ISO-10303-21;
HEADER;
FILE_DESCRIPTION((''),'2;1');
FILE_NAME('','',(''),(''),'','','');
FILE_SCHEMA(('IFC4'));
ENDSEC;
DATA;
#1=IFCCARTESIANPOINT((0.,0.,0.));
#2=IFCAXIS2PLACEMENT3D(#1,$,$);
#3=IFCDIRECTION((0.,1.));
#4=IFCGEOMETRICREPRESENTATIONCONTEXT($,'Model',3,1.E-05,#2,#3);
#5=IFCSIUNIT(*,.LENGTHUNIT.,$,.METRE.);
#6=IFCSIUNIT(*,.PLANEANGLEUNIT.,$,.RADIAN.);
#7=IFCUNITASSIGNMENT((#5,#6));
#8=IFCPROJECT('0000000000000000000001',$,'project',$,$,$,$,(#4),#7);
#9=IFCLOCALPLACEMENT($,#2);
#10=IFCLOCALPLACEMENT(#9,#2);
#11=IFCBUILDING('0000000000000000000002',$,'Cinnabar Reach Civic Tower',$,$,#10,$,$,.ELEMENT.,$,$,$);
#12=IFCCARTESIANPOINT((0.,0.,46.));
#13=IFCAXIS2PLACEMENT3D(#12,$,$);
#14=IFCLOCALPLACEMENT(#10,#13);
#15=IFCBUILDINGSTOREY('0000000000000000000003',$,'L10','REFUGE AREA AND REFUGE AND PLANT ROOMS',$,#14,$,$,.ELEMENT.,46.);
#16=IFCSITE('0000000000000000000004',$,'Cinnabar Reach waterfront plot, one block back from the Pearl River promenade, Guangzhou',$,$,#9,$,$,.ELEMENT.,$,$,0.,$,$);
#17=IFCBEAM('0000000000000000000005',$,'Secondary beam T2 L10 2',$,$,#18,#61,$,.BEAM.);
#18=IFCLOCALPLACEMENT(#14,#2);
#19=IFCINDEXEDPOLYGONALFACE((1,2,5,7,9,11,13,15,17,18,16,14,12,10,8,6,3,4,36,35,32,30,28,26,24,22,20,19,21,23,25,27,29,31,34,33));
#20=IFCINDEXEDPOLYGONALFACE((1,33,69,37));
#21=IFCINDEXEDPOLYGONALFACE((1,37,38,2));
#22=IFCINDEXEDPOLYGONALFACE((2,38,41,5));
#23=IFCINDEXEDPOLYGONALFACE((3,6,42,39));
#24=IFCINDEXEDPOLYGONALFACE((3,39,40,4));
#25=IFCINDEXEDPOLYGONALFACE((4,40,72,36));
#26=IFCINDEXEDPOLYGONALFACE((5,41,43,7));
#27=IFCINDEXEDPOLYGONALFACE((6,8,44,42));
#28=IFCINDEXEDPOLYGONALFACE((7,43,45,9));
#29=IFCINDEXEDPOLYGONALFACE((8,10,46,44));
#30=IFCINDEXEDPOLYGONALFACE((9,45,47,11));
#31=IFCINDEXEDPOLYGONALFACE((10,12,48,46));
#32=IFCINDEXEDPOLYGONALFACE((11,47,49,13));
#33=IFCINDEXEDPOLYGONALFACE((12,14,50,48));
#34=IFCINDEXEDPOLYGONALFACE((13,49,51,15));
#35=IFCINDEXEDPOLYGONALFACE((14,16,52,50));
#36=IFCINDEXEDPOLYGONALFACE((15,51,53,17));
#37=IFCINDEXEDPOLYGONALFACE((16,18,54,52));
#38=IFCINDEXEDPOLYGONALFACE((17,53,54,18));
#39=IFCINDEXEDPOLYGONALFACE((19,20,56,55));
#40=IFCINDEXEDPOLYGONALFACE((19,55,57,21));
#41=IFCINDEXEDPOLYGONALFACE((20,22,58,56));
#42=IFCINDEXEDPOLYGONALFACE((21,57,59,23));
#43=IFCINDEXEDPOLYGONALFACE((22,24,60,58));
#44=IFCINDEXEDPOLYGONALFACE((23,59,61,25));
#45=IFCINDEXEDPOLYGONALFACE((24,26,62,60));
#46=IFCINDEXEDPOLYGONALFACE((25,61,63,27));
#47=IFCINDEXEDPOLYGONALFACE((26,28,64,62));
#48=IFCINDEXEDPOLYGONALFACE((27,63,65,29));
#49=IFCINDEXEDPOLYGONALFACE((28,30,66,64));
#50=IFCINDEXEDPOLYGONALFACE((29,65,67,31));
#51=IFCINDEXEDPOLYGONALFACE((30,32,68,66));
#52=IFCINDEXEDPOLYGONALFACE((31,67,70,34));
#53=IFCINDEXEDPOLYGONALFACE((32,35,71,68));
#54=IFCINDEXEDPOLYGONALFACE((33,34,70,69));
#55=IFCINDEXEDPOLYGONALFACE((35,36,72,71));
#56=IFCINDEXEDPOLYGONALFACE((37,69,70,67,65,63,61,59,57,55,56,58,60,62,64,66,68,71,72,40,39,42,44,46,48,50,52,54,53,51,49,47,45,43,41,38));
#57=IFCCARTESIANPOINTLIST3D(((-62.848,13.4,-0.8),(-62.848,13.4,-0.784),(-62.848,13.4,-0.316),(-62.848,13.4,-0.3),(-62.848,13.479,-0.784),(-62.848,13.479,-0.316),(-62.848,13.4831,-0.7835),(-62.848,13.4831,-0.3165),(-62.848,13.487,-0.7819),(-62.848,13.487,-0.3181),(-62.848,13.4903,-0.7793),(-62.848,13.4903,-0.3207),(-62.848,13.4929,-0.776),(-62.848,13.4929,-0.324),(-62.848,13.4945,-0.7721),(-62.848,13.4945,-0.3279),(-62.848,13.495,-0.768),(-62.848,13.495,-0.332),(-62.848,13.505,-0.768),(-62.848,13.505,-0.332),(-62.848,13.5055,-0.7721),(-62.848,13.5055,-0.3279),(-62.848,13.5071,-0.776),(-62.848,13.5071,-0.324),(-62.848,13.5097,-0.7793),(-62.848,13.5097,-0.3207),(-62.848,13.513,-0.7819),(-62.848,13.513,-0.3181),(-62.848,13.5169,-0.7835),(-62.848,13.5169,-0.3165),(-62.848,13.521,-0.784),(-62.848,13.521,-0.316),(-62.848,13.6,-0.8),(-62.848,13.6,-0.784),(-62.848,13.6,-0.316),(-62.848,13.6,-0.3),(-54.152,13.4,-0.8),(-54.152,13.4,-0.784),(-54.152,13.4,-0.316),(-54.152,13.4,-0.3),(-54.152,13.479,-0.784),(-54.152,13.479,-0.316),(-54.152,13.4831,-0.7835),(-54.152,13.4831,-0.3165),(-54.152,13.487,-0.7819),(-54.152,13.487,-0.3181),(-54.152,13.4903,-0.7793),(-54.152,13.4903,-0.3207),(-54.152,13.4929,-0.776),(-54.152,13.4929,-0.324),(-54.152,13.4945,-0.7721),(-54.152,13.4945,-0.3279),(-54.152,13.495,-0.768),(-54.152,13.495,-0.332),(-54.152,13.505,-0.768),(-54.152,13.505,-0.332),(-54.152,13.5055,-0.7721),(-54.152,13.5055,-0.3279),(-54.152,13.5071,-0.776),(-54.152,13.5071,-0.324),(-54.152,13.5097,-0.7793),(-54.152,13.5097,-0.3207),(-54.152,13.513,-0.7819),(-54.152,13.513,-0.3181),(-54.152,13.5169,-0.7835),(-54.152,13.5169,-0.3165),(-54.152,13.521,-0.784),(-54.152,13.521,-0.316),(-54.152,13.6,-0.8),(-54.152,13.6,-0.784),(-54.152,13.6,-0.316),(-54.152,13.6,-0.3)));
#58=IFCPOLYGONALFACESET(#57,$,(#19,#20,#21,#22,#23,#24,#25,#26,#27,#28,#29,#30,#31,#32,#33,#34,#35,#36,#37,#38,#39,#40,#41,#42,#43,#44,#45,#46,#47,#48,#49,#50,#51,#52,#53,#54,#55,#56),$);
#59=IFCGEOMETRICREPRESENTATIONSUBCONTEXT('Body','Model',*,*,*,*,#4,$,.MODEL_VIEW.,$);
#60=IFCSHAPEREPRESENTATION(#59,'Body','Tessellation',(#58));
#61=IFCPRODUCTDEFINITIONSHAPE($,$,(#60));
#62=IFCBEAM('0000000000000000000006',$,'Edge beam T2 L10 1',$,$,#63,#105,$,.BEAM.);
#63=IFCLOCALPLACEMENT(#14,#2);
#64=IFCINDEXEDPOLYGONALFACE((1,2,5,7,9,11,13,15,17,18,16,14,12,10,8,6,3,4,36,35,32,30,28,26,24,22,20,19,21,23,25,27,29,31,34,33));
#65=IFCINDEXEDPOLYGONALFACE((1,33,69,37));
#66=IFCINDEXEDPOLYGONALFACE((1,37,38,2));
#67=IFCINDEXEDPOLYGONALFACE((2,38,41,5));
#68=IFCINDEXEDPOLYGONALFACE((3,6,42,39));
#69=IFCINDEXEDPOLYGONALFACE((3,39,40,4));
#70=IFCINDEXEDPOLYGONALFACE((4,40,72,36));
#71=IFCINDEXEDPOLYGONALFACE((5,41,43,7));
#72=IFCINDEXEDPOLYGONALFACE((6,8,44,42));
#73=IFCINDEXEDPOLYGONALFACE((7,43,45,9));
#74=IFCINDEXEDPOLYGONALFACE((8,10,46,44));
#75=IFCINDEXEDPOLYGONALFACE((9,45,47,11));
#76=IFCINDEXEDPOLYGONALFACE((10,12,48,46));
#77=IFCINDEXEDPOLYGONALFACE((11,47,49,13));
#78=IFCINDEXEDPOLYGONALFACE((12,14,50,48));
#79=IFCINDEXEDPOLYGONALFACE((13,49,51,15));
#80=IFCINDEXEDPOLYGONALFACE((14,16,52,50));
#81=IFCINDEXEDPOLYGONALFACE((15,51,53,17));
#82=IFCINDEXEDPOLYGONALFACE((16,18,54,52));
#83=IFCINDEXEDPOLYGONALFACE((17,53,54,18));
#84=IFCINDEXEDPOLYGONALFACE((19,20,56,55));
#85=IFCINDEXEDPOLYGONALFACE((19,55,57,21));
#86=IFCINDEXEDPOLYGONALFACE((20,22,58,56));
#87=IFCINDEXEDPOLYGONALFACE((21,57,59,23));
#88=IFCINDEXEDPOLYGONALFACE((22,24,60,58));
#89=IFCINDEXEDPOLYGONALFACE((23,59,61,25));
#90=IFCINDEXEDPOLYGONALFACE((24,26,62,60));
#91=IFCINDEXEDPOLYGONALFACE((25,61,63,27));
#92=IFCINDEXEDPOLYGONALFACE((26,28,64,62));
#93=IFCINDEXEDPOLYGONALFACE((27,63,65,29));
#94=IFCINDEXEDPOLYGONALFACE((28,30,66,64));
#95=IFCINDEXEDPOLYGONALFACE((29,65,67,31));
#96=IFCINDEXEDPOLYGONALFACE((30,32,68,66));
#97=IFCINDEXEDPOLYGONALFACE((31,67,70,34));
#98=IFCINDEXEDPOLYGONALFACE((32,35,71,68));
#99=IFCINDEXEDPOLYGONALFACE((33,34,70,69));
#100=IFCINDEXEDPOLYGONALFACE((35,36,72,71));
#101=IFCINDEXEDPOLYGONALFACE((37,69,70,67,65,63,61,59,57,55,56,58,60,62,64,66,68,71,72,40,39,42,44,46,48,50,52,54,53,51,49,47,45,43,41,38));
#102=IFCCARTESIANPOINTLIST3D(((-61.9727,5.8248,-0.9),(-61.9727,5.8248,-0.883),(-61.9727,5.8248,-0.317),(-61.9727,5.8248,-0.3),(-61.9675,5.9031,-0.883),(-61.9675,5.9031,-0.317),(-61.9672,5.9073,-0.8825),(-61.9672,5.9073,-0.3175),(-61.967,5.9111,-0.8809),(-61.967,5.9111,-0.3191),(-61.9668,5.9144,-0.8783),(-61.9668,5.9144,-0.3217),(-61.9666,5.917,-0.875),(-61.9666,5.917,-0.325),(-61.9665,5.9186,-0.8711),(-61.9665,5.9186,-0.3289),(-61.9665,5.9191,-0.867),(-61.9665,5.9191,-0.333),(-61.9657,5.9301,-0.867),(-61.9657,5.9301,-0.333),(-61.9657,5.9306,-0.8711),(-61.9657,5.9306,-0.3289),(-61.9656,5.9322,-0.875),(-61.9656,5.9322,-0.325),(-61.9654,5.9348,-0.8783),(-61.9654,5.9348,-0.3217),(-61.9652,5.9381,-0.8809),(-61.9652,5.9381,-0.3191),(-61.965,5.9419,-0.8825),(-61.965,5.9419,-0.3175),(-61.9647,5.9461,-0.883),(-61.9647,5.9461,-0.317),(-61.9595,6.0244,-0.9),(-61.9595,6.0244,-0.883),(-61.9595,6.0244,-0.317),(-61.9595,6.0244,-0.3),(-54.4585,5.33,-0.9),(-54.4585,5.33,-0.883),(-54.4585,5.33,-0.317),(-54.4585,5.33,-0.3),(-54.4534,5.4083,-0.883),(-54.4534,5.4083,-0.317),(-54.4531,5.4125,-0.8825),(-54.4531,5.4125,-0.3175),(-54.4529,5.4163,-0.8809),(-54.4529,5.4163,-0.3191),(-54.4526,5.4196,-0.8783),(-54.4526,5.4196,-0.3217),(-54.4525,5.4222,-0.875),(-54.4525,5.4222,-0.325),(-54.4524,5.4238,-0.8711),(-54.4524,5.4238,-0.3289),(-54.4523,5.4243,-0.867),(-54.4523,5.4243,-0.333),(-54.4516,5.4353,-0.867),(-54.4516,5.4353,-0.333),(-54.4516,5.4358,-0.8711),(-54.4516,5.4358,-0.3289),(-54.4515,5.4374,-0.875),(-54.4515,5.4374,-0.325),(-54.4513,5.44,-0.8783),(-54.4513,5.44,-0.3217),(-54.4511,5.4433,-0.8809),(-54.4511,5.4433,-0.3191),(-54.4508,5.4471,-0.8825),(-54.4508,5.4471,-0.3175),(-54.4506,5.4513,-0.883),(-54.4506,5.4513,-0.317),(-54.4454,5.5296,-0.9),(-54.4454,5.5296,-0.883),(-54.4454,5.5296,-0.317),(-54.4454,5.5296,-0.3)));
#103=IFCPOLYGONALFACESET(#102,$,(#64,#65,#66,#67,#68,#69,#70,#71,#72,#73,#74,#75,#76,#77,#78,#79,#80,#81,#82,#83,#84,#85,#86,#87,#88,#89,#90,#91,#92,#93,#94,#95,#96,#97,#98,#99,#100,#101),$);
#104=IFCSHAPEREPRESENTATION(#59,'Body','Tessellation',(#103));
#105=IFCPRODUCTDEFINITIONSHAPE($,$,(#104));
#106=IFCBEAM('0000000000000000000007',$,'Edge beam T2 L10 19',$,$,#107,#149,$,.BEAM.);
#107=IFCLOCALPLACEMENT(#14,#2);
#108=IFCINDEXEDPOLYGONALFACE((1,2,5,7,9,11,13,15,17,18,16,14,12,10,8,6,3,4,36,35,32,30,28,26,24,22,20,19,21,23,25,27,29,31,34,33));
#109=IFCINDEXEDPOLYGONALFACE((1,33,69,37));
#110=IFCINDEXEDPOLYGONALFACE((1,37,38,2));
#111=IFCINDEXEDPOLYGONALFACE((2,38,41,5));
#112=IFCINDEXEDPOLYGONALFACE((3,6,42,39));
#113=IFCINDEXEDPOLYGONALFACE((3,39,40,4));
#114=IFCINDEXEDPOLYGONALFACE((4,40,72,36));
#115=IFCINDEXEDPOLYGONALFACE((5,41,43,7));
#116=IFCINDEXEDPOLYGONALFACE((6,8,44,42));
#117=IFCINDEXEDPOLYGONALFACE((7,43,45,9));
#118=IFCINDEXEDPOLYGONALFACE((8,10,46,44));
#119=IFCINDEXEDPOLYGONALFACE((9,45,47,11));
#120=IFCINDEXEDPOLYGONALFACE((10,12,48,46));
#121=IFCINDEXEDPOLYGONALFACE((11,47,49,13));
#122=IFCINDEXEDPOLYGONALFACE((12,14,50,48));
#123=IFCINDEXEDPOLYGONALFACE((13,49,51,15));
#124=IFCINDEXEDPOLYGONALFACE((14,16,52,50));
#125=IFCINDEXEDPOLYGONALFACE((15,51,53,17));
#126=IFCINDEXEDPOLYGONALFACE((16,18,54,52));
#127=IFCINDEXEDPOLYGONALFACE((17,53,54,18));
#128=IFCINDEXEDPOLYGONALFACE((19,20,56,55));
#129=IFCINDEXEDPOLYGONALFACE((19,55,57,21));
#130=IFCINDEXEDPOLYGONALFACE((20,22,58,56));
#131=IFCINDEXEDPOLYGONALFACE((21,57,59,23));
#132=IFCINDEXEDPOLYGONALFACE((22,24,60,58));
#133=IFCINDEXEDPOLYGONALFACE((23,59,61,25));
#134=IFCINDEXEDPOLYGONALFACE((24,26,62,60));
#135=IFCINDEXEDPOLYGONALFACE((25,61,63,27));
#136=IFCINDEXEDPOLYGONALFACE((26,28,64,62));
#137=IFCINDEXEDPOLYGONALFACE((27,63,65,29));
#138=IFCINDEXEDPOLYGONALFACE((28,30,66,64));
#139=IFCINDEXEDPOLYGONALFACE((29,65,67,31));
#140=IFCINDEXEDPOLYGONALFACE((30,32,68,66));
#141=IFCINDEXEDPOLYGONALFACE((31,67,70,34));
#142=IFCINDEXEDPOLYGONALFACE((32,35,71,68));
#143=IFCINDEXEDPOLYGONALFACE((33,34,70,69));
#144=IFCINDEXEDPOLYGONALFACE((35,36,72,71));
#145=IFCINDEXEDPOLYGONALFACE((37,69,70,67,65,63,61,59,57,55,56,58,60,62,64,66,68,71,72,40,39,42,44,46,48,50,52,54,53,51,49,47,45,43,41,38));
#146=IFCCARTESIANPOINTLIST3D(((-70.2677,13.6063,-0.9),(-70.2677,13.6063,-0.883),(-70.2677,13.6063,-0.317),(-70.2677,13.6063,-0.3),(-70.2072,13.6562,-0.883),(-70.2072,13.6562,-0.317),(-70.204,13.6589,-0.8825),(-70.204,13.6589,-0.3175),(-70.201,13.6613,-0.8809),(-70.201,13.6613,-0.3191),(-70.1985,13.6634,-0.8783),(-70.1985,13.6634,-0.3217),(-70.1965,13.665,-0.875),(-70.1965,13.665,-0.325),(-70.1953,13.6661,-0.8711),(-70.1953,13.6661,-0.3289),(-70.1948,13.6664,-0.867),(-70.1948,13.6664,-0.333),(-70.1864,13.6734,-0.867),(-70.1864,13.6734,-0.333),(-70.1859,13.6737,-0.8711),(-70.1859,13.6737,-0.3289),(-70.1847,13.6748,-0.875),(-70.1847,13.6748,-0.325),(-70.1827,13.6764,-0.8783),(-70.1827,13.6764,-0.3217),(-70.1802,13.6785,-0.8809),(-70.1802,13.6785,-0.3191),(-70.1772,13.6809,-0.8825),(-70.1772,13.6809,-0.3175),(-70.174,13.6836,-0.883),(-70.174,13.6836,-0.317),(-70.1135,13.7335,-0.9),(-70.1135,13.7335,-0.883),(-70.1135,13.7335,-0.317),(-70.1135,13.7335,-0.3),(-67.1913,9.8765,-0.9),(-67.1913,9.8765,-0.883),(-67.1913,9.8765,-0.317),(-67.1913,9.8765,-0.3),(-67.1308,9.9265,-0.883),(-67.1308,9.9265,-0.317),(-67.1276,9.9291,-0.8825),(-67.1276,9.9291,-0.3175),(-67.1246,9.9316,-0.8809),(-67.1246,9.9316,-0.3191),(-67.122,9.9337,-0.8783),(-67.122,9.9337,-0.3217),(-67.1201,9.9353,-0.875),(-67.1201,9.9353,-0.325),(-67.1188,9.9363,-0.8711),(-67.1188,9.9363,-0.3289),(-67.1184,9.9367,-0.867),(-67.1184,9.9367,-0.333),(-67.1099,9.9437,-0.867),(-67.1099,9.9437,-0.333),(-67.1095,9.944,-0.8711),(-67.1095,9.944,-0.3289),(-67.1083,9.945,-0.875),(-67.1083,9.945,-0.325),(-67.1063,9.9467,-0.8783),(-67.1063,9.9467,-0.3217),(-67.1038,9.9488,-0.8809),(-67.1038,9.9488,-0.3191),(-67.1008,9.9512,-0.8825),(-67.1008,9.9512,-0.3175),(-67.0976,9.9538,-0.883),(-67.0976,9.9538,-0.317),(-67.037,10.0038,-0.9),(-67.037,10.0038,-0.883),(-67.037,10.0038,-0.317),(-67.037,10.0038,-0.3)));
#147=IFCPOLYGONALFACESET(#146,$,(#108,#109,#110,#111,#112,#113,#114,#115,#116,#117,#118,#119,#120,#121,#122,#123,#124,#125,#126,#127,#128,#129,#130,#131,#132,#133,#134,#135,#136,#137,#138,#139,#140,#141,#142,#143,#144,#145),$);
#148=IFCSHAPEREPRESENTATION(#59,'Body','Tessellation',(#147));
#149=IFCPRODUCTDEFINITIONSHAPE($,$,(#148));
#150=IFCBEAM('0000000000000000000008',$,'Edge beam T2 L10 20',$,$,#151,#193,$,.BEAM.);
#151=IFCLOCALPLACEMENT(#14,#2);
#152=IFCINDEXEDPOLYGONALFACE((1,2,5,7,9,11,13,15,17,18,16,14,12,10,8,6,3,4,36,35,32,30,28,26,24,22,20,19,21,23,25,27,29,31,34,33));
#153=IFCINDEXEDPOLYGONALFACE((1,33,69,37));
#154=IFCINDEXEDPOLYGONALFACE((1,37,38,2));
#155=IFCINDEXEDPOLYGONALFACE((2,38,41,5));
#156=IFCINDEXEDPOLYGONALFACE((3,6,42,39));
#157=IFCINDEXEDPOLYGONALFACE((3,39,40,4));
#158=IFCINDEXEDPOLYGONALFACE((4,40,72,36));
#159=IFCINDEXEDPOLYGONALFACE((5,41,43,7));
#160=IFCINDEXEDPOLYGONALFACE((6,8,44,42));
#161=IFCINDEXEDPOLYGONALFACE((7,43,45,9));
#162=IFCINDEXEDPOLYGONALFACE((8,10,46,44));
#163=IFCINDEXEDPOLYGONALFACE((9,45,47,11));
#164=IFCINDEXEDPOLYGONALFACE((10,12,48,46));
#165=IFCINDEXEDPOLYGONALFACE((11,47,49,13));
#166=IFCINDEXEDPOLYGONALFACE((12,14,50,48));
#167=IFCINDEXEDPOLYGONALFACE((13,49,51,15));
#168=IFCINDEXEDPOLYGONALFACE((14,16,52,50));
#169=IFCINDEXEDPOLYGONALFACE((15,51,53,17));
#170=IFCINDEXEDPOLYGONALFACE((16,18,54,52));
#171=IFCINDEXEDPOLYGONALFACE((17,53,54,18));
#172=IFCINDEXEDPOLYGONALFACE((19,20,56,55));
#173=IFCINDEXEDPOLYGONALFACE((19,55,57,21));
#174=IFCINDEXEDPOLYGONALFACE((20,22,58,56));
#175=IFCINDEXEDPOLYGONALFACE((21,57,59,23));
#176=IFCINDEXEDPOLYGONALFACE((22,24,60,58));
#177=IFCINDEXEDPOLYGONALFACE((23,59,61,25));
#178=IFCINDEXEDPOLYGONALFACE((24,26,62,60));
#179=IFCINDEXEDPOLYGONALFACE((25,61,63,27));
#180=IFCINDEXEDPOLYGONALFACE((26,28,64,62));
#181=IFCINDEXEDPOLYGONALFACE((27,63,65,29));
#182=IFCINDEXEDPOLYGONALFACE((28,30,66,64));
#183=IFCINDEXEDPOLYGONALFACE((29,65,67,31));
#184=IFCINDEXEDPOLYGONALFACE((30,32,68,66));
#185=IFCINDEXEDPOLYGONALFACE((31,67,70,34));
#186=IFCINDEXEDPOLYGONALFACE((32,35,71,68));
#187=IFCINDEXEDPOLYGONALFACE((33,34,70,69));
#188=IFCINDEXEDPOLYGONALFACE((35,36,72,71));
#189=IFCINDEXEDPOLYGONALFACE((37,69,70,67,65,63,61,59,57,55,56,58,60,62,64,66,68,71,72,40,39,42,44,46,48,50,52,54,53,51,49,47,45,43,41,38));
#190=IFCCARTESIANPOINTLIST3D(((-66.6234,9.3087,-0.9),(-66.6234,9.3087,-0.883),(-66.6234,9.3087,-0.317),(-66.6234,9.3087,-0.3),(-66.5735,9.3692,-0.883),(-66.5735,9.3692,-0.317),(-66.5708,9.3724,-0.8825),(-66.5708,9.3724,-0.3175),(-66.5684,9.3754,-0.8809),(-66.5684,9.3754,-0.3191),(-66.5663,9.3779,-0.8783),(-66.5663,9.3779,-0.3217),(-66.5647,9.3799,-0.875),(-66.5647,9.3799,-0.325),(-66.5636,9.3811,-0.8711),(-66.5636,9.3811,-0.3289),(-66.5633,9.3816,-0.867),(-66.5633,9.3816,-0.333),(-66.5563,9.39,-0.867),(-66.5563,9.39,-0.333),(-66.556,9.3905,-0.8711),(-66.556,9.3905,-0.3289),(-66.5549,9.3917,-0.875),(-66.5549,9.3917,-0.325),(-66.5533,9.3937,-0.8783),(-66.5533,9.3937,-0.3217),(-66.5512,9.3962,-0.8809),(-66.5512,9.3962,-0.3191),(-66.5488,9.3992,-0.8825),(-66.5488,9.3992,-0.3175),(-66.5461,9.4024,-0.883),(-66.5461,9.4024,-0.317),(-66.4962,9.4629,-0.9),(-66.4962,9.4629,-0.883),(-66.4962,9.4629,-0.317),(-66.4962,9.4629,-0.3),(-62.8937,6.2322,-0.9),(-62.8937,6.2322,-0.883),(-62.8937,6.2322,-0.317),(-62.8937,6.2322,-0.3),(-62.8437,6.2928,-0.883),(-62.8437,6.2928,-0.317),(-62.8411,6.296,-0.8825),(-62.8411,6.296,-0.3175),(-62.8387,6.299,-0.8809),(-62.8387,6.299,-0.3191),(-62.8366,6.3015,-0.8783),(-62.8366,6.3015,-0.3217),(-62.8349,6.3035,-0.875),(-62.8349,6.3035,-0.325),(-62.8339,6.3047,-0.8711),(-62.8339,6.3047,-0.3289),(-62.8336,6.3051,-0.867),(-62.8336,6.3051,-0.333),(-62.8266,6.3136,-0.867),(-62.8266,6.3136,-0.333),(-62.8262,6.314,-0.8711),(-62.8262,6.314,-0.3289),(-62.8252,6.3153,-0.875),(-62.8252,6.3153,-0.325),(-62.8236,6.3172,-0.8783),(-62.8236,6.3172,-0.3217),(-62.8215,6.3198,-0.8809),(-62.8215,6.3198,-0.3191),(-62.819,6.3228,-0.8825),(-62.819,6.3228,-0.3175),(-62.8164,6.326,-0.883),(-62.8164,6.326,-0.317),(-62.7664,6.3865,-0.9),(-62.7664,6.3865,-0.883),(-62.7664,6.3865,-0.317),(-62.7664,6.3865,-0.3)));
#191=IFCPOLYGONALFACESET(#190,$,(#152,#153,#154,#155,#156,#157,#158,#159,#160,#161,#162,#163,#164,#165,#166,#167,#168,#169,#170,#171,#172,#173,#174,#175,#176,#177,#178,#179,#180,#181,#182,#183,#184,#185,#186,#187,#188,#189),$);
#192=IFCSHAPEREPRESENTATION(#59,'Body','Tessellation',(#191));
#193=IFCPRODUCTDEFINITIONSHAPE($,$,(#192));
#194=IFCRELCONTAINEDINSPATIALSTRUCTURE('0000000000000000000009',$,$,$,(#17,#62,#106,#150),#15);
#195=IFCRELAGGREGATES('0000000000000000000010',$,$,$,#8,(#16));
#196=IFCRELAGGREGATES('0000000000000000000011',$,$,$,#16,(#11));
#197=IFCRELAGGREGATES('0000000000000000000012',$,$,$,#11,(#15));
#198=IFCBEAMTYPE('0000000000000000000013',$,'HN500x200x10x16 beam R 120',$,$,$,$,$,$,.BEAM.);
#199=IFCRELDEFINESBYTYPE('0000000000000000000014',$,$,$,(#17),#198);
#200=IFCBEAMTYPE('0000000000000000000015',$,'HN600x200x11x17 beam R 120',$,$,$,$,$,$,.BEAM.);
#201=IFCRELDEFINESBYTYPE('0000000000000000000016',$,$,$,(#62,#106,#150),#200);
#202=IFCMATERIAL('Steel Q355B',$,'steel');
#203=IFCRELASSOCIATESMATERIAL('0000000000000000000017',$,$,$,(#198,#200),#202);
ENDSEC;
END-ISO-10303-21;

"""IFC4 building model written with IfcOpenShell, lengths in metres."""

from ifc_helpers import new_model, si_unit, direction, frame, origin, origin_2d, place, context, subcontext, project, spatial, i_section, extrude, material, material_profile, profile_set, type_object, element, save


model = new_model("IFC4")

# Units and contexts
model_context = context("Model", 3, precision=1e-05, world=origin(), true_north=direction((0.0, 1.0)))
body_context = subcontext(model_context, "Body", "Model", "MODEL_VIEW")
ifc_project = project(units=[si_unit("LENGTHUNIT", "METRE"), si_unit("PLANEANGLEUNIT", "RADIAN")], contexts=[model_context])

# Site, building, storey
site_placement = place(None, origin())
site = spatial("IfcSite", under=ifc_project, at=site_placement, Name="Cinnabar Reach waterfront plot, one block back from the Pearl River promenade, Guangzhou", CompositionType="ELEMENT", RefElevation=0.0)
building_placement = place(site_placement, origin())
building = spatial("IfcBuilding", under=site, at=building_placement, Name="Cinnabar Reach Civic Tower", CompositionType="ELEMENT")
storey_placement = place(building_placement, frame((0.0, 0.0, 46.0)))
storey = spatial("IfcBuildingStorey", under=building, at=storey_placement, Name="L10", Description="REFUGE AREA AND REFUGE AND PLANT ROOMS", CompositionType="ELEMENT", Elevation=46.0)

# Beams
ifc_material_1 = material(Name="Steel Q355B", Category="steel")
ifc_material_profile_1 = material_profile(ifc_material_1, i_section(OverallWidth=0.2, OverallDepth=0.5, WebThickness=0.01, FlangeThickness=0.016, FilletRadius=0.016, at=origin_2d()), Name="HN500x200x10x16")
ifc_profile_set_1 = profile_set([ifc_material_profile_1], Name="Steel Q355B")
beam_type_1 = type_object("IfcBeamType", Name="HN500x200x10x16 beam R 120", PredefinedType="BEAM", material=ifc_profile_set_1)
beam_1_placement = place(storey_placement, frame((-62.848, 13.5, -0.55), z_axis=(1.0, 0.0, 0.0), x_axis=(0.0, 1.0, 0.0)))
element("IfcBeam", 1, at=beam_1_placement, inside=storey, type_object=beam_type_1, Name="Secondary beam T2 L10 2", PredefinedType="BEAM", context=body_context, shape_type="SweptSolid", body=[
    extrude(i_section(OverallWidth=0.2, OverallDepth=0.5, WebThickness=0.01, FlangeThickness=0.016, FilletRadius=0.016, at=origin_2d()), origin(), (0.0, 0.0, 1.0), 8.696),
])
ifc_material_profile_2 = material_profile(ifc_material_1, i_section(OverallWidth=0.2, OverallDepth=0.6, WebThickness=0.011, FlangeThickness=0.017, FilletRadius=0.016, at=origin_2d()), Name="HN600x200x11x17")
ifc_profile_set_2 = profile_set([ifc_material_profile_2], Name="Steel Q355B")
beam_type_2 = type_object("IfcBeamType", Name="HN600x200x11x17 beam R 120", PredefinedType="BEAM", material=ifc_profile_set_2)
beam_2_placement = place(storey_placement, frame((-61.9661, 5.9246, -0.6), z_axis=(0.997839, -0.065707, 0.0), x_axis=(0.065707, 0.997839, 0.0)))
element("IfcBeam", 2, at=beam_2_placement, inside=storey, type_object=beam_type_2, Name="Edge beam T2 L10 1", PredefinedType="BEAM", context=body_context, shape_type="SweptSolid", body=[
    extrude(i_section(OverallWidth=0.2, OverallDepth=0.6, WebThickness=0.011, FlangeThickness=0.017, FilletRadius=0.016, at=origin_2d()), origin(), (0.0, 0.0, 1.0), 7.5304),
])
for number, where, z_axis, x_axis, name in (
    (3, (-70.1906, 13.6699, -0.6), (0.636309, -0.771434, 0.0), (0.771434, 0.636309, 0.0), "Edge beam T2 L10 19"),
    (4, (-66.5598, 9.3858, -0.6), (0.771434, -0.636309, 0.0), (0.636309, 0.771434, 0.0), "Edge beam T2 L10 20"),
):
    element("IfcBeam", number, at=place(storey_placement, frame(where, z_axis=z_axis, x_axis=x_axis)), inside=storey, type_object=beam_type_2, Name=name, PredefinedType="BEAM", context=body_context, shape_type="SweptSolid", body=[
        extrude(i_section(OverallWidth=0.2, OverallDepth=0.6, WebThickness=0.011, FlangeThickness=0.017, FilletRadius=0.016, at=origin_2d()), origin(), (0.0, 0.0, 1.0), 4.8348),
    ])

save(model, "model.ifc")
